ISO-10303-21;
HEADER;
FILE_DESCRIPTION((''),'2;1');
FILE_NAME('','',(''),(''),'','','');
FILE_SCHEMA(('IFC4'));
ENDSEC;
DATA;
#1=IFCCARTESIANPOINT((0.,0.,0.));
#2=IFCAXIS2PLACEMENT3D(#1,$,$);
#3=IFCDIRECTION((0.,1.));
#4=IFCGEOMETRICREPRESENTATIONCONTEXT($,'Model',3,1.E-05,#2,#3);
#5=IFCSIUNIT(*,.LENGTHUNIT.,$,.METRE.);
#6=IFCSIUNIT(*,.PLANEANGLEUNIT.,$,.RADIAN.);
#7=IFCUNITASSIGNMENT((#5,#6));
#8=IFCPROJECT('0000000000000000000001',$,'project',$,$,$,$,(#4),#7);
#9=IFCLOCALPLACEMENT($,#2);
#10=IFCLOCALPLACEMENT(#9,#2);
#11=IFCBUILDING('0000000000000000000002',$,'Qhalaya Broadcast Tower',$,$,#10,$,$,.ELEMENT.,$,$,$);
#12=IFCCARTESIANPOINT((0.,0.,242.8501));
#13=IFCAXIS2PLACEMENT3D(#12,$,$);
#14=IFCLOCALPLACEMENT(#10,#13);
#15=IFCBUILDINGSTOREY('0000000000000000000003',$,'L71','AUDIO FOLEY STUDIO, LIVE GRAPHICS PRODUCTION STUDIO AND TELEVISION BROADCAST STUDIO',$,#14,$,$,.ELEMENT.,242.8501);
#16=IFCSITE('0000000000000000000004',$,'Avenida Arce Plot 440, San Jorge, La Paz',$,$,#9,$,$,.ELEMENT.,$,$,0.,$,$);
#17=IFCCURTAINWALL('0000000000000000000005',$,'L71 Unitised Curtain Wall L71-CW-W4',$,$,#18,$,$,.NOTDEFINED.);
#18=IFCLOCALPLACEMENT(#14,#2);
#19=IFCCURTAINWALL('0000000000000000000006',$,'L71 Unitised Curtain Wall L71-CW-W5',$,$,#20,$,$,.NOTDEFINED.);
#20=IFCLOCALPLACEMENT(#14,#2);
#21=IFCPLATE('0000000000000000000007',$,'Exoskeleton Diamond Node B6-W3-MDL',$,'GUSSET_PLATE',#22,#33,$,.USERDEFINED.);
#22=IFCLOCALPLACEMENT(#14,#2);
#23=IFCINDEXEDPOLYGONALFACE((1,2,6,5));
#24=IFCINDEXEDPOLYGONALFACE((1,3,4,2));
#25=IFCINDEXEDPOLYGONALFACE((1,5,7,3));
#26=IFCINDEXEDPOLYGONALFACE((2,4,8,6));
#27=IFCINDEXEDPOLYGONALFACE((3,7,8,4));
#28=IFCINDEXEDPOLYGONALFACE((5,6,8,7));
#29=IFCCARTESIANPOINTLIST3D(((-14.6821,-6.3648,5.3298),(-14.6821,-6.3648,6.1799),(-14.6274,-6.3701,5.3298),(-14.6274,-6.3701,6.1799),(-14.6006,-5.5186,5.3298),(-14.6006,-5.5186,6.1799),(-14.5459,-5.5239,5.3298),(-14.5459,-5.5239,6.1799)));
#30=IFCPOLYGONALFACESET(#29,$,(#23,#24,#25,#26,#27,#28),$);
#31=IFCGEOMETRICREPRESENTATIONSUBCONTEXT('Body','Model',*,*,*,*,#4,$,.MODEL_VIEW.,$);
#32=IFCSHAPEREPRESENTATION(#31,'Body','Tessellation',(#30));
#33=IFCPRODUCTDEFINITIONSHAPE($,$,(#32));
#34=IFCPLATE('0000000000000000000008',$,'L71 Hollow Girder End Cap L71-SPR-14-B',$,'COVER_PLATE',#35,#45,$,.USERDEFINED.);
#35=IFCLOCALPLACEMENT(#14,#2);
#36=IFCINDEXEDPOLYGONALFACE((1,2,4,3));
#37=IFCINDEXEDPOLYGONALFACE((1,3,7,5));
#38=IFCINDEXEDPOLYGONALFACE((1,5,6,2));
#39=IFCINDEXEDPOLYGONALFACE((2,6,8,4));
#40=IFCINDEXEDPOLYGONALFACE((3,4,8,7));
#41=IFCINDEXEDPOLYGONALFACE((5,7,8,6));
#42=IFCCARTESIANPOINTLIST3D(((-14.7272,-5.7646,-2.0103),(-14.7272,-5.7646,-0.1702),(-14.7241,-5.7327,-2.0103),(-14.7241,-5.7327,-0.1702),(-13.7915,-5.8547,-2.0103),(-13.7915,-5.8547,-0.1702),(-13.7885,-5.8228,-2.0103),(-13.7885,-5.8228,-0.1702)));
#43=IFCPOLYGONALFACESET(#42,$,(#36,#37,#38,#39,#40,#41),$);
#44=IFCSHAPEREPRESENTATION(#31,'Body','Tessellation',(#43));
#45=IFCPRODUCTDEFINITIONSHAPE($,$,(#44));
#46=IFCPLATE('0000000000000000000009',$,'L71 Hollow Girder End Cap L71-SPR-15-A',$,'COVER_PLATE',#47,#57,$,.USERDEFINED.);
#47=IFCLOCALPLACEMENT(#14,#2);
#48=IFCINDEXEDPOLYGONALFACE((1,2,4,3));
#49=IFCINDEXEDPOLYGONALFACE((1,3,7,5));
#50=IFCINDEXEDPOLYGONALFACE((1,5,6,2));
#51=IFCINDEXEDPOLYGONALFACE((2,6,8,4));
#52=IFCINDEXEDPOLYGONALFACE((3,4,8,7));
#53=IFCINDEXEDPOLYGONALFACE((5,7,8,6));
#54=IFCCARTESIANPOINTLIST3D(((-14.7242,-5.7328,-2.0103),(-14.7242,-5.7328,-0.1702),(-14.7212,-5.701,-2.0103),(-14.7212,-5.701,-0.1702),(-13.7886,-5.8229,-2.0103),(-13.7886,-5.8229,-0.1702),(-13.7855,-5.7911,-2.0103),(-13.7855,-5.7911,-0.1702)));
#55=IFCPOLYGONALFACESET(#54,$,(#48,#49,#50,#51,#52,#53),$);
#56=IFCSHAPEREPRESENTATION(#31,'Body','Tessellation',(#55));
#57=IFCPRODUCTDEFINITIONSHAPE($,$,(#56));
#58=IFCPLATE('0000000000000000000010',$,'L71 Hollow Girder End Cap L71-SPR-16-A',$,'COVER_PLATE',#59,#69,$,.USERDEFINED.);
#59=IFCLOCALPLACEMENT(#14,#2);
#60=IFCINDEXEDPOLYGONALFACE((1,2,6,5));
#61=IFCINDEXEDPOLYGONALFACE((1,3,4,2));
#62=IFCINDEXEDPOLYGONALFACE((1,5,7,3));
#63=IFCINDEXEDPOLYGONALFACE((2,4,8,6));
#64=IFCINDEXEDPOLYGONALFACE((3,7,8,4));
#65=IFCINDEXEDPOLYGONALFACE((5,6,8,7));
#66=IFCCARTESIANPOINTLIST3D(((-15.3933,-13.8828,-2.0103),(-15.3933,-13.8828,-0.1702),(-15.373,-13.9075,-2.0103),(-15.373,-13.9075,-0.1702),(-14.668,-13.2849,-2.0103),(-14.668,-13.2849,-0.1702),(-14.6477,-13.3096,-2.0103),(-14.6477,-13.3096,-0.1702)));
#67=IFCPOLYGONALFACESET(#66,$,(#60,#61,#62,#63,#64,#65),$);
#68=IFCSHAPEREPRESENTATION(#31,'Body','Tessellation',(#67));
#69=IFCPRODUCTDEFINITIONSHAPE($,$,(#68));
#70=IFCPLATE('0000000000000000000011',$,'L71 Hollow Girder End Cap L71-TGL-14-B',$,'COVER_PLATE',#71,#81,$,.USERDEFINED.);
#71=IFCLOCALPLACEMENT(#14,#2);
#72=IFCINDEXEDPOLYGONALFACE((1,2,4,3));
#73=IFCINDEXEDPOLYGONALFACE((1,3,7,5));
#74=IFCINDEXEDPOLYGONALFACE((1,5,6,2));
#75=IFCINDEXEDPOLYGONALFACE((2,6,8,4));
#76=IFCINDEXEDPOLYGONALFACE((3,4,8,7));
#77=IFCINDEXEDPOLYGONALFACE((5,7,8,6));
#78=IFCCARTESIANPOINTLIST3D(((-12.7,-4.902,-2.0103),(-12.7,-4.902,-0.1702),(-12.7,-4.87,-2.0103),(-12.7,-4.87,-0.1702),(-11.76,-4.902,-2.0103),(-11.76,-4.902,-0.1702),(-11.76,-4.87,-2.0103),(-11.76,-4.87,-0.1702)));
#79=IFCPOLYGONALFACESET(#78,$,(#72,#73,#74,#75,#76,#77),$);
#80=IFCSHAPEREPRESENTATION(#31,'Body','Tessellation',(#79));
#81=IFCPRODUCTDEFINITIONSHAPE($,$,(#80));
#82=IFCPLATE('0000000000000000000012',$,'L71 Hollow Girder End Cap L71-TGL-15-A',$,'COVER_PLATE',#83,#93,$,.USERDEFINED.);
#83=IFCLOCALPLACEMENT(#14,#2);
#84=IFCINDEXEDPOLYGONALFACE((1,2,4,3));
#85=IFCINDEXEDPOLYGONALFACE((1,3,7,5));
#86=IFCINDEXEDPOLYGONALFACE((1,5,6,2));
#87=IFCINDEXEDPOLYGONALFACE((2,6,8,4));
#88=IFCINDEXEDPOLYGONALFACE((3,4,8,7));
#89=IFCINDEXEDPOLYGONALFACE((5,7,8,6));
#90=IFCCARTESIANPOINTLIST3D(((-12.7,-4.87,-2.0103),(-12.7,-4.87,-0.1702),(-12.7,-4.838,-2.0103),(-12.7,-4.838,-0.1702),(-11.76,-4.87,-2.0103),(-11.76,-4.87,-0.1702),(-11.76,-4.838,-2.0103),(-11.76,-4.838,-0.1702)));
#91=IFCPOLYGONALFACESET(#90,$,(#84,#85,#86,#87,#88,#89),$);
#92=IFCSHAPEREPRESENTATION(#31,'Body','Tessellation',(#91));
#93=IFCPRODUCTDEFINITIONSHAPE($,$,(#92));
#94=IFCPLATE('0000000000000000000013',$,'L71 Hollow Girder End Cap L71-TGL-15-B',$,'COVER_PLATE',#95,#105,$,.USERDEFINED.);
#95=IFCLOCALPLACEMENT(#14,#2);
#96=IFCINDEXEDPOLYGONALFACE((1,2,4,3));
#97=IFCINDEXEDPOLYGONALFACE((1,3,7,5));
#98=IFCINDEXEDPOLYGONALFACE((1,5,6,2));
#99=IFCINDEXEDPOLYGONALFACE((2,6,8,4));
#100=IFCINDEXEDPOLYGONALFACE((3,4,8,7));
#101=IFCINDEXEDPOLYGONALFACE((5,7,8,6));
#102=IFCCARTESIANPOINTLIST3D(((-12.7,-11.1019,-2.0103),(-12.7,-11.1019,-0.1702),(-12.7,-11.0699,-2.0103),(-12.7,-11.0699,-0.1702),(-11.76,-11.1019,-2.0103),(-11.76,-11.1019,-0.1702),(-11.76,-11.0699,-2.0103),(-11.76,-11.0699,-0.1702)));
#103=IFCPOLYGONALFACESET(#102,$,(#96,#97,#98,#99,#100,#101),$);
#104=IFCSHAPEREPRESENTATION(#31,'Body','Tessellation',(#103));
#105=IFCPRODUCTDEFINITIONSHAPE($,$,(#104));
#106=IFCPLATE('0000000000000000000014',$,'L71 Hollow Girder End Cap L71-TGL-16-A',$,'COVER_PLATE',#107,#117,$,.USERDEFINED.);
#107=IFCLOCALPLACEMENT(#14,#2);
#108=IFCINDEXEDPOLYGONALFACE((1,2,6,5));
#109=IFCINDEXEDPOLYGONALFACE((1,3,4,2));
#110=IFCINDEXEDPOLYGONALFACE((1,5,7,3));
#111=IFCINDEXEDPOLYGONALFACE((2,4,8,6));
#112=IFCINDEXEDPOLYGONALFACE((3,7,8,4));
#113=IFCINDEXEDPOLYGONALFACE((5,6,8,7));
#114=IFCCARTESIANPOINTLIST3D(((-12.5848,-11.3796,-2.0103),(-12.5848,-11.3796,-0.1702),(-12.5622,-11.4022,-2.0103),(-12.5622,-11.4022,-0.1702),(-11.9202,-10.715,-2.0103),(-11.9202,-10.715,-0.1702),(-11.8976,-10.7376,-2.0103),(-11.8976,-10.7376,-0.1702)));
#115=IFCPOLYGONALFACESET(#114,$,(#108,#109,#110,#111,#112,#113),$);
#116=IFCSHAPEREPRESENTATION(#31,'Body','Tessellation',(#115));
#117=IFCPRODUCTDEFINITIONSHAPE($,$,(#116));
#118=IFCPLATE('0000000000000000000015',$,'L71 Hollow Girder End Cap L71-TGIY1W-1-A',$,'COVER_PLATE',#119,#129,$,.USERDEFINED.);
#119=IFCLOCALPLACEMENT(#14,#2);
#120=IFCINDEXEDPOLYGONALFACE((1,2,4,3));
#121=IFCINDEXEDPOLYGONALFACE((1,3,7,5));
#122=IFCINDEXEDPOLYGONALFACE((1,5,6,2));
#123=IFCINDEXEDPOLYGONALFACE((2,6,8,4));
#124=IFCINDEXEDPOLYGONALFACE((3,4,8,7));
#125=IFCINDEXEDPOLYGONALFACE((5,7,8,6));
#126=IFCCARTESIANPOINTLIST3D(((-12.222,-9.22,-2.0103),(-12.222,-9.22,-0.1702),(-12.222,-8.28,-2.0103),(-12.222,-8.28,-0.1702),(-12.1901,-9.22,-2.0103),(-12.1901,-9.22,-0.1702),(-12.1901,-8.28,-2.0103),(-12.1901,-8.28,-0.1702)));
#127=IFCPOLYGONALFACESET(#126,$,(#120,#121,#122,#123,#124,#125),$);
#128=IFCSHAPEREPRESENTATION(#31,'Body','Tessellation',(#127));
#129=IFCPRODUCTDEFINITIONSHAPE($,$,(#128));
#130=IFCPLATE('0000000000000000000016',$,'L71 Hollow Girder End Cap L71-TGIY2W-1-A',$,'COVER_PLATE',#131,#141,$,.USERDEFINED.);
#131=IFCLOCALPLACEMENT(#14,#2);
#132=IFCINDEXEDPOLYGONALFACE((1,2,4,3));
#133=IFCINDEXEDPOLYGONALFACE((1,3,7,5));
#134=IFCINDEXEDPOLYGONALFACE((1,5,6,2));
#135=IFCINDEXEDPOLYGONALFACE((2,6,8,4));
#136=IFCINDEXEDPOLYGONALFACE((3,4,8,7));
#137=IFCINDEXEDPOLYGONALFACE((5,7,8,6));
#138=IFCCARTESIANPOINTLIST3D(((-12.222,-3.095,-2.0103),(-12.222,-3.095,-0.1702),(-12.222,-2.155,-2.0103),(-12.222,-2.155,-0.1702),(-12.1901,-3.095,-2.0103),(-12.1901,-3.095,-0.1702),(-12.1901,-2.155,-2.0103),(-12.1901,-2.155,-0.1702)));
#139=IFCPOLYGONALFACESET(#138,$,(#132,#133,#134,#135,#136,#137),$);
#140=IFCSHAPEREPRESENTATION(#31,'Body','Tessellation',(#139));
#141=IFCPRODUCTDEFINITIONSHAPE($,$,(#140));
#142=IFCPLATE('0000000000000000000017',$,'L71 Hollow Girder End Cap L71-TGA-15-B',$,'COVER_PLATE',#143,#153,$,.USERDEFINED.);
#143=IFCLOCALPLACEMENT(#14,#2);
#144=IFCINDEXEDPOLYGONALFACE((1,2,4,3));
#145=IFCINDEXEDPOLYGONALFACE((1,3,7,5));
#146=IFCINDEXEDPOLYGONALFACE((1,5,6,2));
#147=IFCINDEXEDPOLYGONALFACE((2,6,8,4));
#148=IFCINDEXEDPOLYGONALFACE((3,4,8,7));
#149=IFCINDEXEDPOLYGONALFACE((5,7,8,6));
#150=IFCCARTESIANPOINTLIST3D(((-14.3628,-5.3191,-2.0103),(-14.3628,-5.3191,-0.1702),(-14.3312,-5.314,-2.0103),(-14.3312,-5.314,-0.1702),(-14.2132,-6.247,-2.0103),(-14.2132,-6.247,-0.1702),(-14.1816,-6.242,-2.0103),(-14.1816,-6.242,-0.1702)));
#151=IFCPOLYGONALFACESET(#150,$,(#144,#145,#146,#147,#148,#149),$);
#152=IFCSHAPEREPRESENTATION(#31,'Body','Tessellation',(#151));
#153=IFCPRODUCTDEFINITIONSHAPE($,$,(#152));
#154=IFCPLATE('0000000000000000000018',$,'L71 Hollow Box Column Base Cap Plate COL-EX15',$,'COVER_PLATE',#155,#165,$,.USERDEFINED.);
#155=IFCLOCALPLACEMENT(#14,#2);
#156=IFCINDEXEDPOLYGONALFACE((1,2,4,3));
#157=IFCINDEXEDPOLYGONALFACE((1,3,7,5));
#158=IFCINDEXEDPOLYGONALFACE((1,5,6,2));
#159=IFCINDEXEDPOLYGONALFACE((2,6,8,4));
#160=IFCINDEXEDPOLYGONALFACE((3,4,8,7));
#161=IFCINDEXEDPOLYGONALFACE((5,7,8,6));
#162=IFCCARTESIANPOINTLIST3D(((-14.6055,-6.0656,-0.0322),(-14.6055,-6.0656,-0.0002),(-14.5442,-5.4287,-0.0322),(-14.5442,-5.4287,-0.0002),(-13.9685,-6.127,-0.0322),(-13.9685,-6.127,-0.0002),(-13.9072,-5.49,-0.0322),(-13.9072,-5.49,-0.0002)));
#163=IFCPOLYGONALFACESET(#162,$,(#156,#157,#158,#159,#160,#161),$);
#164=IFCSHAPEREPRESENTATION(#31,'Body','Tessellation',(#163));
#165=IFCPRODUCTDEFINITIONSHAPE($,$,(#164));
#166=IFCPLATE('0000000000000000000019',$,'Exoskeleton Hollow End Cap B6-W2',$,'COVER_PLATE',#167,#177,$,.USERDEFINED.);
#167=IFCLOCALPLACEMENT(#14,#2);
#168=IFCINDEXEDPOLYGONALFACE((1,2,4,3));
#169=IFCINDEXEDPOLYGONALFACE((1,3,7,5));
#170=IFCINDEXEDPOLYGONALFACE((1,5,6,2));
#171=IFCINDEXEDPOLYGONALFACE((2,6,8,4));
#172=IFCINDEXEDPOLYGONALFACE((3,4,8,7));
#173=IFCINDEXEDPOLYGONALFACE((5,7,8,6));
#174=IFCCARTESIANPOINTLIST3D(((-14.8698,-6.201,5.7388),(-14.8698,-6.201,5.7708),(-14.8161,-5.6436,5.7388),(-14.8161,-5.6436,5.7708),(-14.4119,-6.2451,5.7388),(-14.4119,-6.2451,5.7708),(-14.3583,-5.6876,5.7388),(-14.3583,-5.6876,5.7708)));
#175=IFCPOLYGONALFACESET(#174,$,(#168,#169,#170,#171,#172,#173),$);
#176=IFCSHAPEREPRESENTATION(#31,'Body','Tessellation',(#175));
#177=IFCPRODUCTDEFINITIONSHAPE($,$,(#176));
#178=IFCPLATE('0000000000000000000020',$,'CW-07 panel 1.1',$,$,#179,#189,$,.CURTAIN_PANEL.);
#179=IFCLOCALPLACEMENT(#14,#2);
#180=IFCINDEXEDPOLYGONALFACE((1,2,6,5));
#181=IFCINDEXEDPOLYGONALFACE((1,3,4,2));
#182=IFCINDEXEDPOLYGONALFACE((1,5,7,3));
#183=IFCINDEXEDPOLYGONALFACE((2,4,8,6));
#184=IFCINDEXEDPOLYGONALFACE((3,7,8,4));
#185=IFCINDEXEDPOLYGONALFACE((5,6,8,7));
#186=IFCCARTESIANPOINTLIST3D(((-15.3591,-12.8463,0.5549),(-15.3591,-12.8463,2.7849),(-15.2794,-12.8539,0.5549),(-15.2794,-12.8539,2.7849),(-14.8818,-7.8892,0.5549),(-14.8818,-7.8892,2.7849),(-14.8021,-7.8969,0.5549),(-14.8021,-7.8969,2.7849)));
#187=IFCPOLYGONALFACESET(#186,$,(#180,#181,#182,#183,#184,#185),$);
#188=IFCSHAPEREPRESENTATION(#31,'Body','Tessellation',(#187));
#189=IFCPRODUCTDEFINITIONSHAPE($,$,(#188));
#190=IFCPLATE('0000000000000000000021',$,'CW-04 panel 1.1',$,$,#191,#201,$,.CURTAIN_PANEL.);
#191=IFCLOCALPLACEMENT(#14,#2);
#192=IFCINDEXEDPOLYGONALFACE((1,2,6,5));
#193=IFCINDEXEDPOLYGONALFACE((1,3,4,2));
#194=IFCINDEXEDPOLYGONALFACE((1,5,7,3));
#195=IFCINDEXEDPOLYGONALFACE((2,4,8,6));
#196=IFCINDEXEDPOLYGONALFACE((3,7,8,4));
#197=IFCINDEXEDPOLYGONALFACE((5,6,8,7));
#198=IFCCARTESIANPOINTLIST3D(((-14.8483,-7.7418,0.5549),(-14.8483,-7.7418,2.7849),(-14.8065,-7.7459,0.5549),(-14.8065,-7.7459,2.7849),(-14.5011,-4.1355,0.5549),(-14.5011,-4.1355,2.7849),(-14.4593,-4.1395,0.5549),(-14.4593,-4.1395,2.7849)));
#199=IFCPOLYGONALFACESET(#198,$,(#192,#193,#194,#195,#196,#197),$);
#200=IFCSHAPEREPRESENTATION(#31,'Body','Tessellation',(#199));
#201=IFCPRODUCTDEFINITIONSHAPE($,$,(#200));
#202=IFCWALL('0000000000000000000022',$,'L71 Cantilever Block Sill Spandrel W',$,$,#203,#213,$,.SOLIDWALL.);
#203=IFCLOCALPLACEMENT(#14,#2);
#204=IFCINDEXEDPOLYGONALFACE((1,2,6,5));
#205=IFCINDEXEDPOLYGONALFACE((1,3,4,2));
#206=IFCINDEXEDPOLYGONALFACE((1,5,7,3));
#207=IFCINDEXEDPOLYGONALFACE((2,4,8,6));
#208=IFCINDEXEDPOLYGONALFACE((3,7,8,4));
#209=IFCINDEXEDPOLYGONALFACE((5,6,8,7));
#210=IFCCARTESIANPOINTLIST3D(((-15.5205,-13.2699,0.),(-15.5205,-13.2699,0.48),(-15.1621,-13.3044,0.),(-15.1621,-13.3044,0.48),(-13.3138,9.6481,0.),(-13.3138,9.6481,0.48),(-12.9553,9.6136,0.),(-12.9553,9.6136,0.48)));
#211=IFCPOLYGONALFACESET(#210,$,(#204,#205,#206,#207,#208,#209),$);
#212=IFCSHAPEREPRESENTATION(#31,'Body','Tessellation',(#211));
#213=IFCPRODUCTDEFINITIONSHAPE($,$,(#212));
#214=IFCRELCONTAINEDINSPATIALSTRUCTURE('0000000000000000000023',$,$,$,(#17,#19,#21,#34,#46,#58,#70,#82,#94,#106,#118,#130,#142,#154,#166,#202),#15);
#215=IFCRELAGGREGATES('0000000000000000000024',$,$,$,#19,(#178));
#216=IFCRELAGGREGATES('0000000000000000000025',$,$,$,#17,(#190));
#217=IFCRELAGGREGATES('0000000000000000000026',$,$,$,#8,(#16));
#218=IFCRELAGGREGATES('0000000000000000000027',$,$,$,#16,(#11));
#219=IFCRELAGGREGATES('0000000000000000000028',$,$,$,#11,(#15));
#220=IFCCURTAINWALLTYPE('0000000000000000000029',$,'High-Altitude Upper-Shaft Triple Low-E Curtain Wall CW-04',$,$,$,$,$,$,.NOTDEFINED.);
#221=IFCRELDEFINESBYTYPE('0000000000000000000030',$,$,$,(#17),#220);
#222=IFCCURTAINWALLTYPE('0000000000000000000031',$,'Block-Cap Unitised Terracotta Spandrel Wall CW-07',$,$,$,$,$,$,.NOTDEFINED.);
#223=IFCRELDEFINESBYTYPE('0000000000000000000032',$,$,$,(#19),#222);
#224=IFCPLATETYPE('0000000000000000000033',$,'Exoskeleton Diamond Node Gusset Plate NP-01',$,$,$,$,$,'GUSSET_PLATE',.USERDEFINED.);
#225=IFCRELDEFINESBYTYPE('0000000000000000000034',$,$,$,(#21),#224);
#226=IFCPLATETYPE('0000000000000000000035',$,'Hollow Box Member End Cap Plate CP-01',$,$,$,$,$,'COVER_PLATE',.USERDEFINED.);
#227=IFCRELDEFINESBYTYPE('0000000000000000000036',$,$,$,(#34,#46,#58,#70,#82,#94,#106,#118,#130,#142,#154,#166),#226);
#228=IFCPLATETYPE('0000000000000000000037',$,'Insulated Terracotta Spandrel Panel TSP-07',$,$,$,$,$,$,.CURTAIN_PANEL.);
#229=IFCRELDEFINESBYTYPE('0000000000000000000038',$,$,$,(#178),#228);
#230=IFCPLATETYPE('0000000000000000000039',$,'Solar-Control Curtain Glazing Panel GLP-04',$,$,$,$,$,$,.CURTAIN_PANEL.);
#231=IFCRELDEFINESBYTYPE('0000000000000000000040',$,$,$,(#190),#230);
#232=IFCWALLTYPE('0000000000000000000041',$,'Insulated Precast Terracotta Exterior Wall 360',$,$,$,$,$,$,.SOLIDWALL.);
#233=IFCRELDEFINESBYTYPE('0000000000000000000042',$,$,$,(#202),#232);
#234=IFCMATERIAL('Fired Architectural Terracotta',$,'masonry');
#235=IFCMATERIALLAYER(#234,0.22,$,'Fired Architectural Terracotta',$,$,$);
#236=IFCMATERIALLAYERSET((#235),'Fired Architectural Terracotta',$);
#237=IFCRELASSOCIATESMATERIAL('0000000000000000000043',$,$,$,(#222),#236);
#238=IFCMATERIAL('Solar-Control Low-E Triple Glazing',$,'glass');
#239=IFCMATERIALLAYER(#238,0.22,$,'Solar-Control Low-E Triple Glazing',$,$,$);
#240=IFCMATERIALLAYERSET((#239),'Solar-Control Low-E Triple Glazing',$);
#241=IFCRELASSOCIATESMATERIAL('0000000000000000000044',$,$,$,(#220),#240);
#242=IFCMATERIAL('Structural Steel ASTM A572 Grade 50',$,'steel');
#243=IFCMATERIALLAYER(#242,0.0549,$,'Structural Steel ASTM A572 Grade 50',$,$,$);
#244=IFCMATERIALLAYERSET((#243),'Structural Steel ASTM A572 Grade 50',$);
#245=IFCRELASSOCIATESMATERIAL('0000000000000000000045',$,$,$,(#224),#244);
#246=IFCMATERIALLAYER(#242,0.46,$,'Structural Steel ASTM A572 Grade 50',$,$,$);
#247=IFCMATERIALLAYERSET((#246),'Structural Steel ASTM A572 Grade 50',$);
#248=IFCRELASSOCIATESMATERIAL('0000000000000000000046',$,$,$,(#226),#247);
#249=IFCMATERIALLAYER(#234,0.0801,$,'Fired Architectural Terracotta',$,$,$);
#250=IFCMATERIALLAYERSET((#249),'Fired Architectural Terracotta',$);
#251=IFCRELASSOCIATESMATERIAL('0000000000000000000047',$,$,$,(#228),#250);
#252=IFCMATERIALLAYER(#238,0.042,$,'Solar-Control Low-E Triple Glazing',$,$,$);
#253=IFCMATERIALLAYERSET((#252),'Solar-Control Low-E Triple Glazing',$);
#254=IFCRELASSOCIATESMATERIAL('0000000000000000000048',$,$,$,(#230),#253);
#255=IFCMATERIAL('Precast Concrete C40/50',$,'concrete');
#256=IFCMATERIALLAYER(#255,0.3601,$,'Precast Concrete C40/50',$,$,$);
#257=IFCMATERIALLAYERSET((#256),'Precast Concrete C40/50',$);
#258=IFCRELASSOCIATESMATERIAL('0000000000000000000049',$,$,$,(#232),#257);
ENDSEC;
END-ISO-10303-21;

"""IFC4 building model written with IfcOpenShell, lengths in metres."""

from ifc_helpers import new_model, si_unit, direction, frame, frame_2d, origin, origin_2d, place, context, subcontext, project, spatial, rectangle, extrude, material, layer, layer_set, type_object, element, aggregate, save


model = new_model("IFC4")

# Units and contexts
model_context = context("Model", 3, precision=1e-05, world=origin(), true_north=direction((0.0, 1.0)))
body_context = subcontext(model_context, "Body", "Model", "MODEL_VIEW")
ifc_project = project(units=[si_unit("LENGTHUNIT", "METRE"), si_unit("PLANEANGLEUNIT", "RADIAN")], contexts=[model_context])

# Site, building, storey
site_placement = place(None, origin())
site = spatial("IfcSite", under=ifc_project, at=site_placement, Name="Avenida Arce Plot 440, San Jorge, La Paz", CompositionType="ELEMENT", RefElevation=0.0)
building_placement = place(site_placement, origin())
building = spatial("IfcBuilding", under=site, at=building_placement, Name="Qhalaya Broadcast Tower", CompositionType="ELEMENT")
storey_placement = place(building_placement, frame((0.0, 0.0, 242.8501)))
storey = spatial("IfcBuildingStorey", under=building, at=storey_placement, Name="L71", Description="AUDIO FOLEY STUDIO, LIVE GRAPHICS PRODUCTION STUDIO AND TELEVISION BROADCAST STUDIO", CompositionType="ELEMENT", Elevation=242.8501)

# Shared definitions
ifc_material_1 = material(Name="Structural Steel ASTM A572 Grade 50", Category="steel")

# Shared definitions
ifc_material_2 = material(Name="Fired Architectural Terracotta", Category="masonry")
ifc_layer_1 = layer(ifc_material_2, 0.22, Name="Fired Architectural Terracotta")
ifc_layer_set_1 = layer_set([ifc_layer_1], Name="Fired Architectural Terracotta")
curtain_wall_type_1 = type_object("IfcCurtainWallType", Name="Block-Cap Unitised Terracotta Spandrel Wall CW-07", PredefinedType="NOTDEFINED", material=ifc_layer_set_1)

# Curtain walls
ifc_material_3 = material(Name="Solar-Control Low-E Triple Glazing", Category="glass")
ifc_layer_2 = layer(ifc_material_3, 0.22, Name="Solar-Control Low-E Triple Glazing")
ifc_layer_set_2 = layer_set([ifc_layer_2], Name="Solar-Control Low-E Triple Glazing")
curtain_wall_type_2 = type_object("IfcCurtainWallType", Name="High-Altitude Upper-Shaft Triple Low-E Curtain Wall CW-04", PredefinedType="NOTDEFINED", material=ifc_layer_set_2)
curtain_wall_1_placement = place(storey_placement, origin())
curtain_wall_1 = element("IfcCurtainWall", 1, at=curtain_wall_1_placement, inside=storey, type_object=curtain_wall_type_2, Name="L71 Unitised Curtain Wall L71-CW-W4", PredefinedType="NOTDEFINED")
curtain_wall_2_placement = place(storey_placement, origin())
curtain_wall_2 = element("IfcCurtainWall", 2, at=curtain_wall_2_placement, inside=storey, type_object=curtain_wall_type_1, Name="L71 Unitised Curtain Wall L71-CW-W5", PredefinedType="NOTDEFINED")

# Plates
ifc_layer_3 = layer(ifc_material_1, 0.0549, Name="Structural Steel ASTM A572 Grade 50")
ifc_layer_set_3 = layer_set([ifc_layer_3], Name="Structural Steel ASTM A572 Grade 50")
plate_type_1 = type_object("IfcPlateType", Name="Exoskeleton Diamond Node Gusset Plate NP-01", ElementType="GUSSET_PLATE", PredefinedType="USERDEFINED", material=ifc_layer_set_3)
plate_1_placement = place(storey_placement, frame((-14.614, -5.9443, 5.3298), z_axis=(0.0, 0.0, 1.0), x_axis=(0.095846, 0.995396, 0.0)))
element("IfcPlate", 3, at=plate_1_placement, inside=storey, type_object=plate_type_1, Name="Exoskeleton Diamond Node B6-W3-MDL", ObjectType="GUSSET_PLATE", PredefinedType="USERDEFINED", context=body_context, shape_type="SweptSolid", body=[
    extrude(rectangle(XDim=0.8501, YDim=0.0549, at=origin_2d()), origin(), (0.0, 0.0, 1.0), 0.8501),
])
ifc_layer_4 = layer(ifc_material_1, 0.46, Name="Structural Steel ASTM A572 Grade 50")
ifc_layer_set_4 = layer_set([ifc_layer_4], Name="Structural Steel ASTM A572 Grade 50")
plate_type_2 = type_object("IfcPlateType", Name="Hollow Box Member End Cap Plate CP-01", ElementType="COVER_PLATE", PredefinedType="USERDEFINED", material=ifc_layer_set_4)
for number, where, z_axis, x_axis, name in (
    (4, (-14.2578, -5.7937, -2.0103), (0.0, 0.0, 1.0), (0.995396, -0.095846, 0.0), "L71 Hollow Girder End Cap L71-SPR-14-B"),
    (5, (-14.2549, -5.762, -2.0103), (0.0, 0.0, 1.0), (0.995396, -0.095846, 0.0), "L71 Hollow Girder End Cap L71-SPR-15-A"),
    (6, (-15.0205, -13.5962, -2.0103), (0.0, 0.0, 1.0), (0.771625, 0.636078, 0.0), "L71 Hollow Girder End Cap L71-SPR-16-A"),
    (7, (-12.23, -4.886, -2.0103), (0.0, 0.0, 1.0), (1.0, 0.0, 0.0), "L71 Hollow Girder End Cap L71-TGL-14-B"),
    (8, (-12.23, -4.854, -2.0103), (0.0, 0.0, 1.0), (1.0, 0.0, 0.0), "L71 Hollow Girder End Cap L71-TGL-15-A"),
    (9, (-12.23, -11.0859, -2.0103), (0.0, 0.0, 1.0), (1.0, 0.0, 0.0), "L71 Hollow Girder End Cap L71-TGL-15-B"),
    (10, (-12.2412, -11.0586, -2.0103), (0.0, 0.0, 1.0), (0.707107, 0.707107, 0.0), "L71 Hollow Girder End Cap L71-TGL-16-A"),
    (11, (-12.2061, -8.75, -2.0103), (0.0, 0.0, 1.0), (0.0, 1.0, 0.0), "L71 Hollow Girder End Cap L71-TGIY1W-1-A"),
    (12, (-12.2061, -2.625, -2.0103), (0.0, 0.0, 1.0), (0.0, 1.0, 0.0), "L71 Hollow Girder End Cap L71-TGIY2W-1-A"),
    (13, (-14.2722, -5.7805, -2.0103), (0.0, 0.0, 1.0), (0.159175, -0.98725, 0.0), "L71 Hollow Girder End Cap L71-TGA-15-B"),
):
    element("IfcPlate", number, at=place(storey_placement, frame(where, z_axis=z_axis, x_axis=x_axis)), inside=storey, type_object=plate_type_2, Name=name, ObjectType="COVER_PLATE", PredefinedType="USERDEFINED", context=body_context, shape_type="SweptSolid", body=[
        extrude(rectangle(XDim=0.9399, YDim=0.032, at=origin_2d()), origin(), (0.0, 0.0, 1.0), 1.8401),
    ])
plate_2_placement = place(storey_placement, frame((-14.2563, -5.7778, -0.0322), z_axis=(0.0, 0.0, 1.0), x_axis=(0.095846, 0.995396, 0.0)))
element("IfcPlate", 14, at=plate_2_placement, inside=storey, type_object=plate_type_2, Name="L71 Hollow Box Column Base Cap Plate COL-EX15", ObjectType="COVER_PLATE", PredefinedType="USERDEFINED", context=body_context, shape_type="SweptSolid", body=[
    extrude(rectangle(XDim=0.6399, YDim=0.6399, at=origin_2d()), origin(), (0.0, 0.0, 1.0), 0.032),
])
plate_3_placement = place(storey_placement, frame((-14.614, -5.9443, 5.7388), z_axis=(0.0, 0.0, 1.0), x_axis=(0.095846, 0.995396, 0.0)))
element("IfcPlate", 15, at=plate_3_placement, inside=storey, type_object=plate_type_2, Name="Exoskeleton Hollow End Cap B6-W2", ObjectType="COVER_PLATE", PredefinedType="USERDEFINED", context=body_context, shape_type="SweptSolid", body=[
    extrude(rectangle(XDim=0.5601, YDim=0.46, at=origin_2d()), origin(), (0.0, 0.0, 1.0), 0.032),
])

# Plates
ifc_layer_5 = layer(ifc_material_2, 0.0801, Name="Fired Architectural Terracotta")
ifc_layer_set_5 = layer_set([ifc_layer_5], Name="Fired Architectural Terracotta")
plate_type_3 = type_object("IfcPlateType", Name="Insulated Terracotta Spandrel Panel TSP-07", PredefinedType="CURTAIN_PANEL", material=ifc_layer_set_5)
plate_4_placement = place(storey_placement, frame((-15.0806, -10.3716, 0.5549), z_axis=(0.0, 0.0, 1.0), x_axis=(-0.095848, -0.995396, 0.0)))
plate_4 = element("IfcPlate", 16, at=plate_4_placement, type_object=plate_type_3, Name="CW-07 panel 1.1", PredefinedType="CURTAIN_PANEL", context=body_context, shape_type="SweptSolid", body=[
    extrude(rectangle(XDim=4.98, YDim=0.0801, at=origin_2d()), origin(), (0.0, 0.0, 1.0), 2.23),
])
aggregate(curtain_wall_2, [plate_4])
ifc_layer_6 = layer(ifc_material_3, 0.042, Name="Solar-Control Low-E Triple Glazing")
ifc_layer_set_6 = layer_set([ifc_layer_6], Name="Solar-Control Low-E Triple Glazing")
plate_type_4 = type_object("IfcPlateType", Name="Solar-Control Curtain Glazing Panel GLP-04", PredefinedType="CURTAIN_PANEL", material=ifc_layer_set_6)
plate_5_placement = place(storey_placement, frame((-14.6538, -5.9407, 0.5549), z_axis=(0.0, 0.0, 1.0), x_axis=(-0.09584, -0.995397, 0.0)))
plate_5 = element("IfcPlate", 17, at=plate_5_placement, type_object=plate_type_4, Name="CW-04 panel 1.1", PredefinedType="CURTAIN_PANEL", context=body_context, shape_type="SweptSolid", body=[
    extrude(rectangle(XDim=3.623, YDim=0.042, at=origin_2d()), origin(), (0.0, 0.0, 1.0), 2.23),
])
aggregate(curtain_wall_1, [plate_5])

# Wall
ifc_material_4 = material(Name="Precast Concrete C40/50", Category="concrete")
ifc_layer_7 = layer(ifc_material_4, 0.3601, Name="Precast Concrete C40/50")
ifc_layer_set_7 = layer_set([ifc_layer_7], Name="Precast Concrete C40/50")
wall_type_1 = type_object("IfcWallType", Name="Insulated Precast Terracotta Exterior Wall 360", PredefinedType="SOLIDWALL", material=ifc_layer_set_7)
wall_1_placement = place(storey_placement, frame((-15.3413, -13.2871, 0.0), z_axis=(0.0, 0.0, 1.0), x_axis=(0.095847, 0.995396, 0.0)))
element("IfcWall", 18, at=wall_1_placement, inside=storey, type_object=wall_type_1, Name="L71 Cantilever Block Sill Spandrel W", PredefinedType="SOLIDWALL", context=body_context, shape_type="SweptSolid", body=[
    extrude(rectangle(XDim=23.0239, YDim=0.3601, at=frame_2d((11.512, 0.0))), origin(), (0.0, 0.0, 1.0), 0.48),
])

save(model, "model.ifc")
